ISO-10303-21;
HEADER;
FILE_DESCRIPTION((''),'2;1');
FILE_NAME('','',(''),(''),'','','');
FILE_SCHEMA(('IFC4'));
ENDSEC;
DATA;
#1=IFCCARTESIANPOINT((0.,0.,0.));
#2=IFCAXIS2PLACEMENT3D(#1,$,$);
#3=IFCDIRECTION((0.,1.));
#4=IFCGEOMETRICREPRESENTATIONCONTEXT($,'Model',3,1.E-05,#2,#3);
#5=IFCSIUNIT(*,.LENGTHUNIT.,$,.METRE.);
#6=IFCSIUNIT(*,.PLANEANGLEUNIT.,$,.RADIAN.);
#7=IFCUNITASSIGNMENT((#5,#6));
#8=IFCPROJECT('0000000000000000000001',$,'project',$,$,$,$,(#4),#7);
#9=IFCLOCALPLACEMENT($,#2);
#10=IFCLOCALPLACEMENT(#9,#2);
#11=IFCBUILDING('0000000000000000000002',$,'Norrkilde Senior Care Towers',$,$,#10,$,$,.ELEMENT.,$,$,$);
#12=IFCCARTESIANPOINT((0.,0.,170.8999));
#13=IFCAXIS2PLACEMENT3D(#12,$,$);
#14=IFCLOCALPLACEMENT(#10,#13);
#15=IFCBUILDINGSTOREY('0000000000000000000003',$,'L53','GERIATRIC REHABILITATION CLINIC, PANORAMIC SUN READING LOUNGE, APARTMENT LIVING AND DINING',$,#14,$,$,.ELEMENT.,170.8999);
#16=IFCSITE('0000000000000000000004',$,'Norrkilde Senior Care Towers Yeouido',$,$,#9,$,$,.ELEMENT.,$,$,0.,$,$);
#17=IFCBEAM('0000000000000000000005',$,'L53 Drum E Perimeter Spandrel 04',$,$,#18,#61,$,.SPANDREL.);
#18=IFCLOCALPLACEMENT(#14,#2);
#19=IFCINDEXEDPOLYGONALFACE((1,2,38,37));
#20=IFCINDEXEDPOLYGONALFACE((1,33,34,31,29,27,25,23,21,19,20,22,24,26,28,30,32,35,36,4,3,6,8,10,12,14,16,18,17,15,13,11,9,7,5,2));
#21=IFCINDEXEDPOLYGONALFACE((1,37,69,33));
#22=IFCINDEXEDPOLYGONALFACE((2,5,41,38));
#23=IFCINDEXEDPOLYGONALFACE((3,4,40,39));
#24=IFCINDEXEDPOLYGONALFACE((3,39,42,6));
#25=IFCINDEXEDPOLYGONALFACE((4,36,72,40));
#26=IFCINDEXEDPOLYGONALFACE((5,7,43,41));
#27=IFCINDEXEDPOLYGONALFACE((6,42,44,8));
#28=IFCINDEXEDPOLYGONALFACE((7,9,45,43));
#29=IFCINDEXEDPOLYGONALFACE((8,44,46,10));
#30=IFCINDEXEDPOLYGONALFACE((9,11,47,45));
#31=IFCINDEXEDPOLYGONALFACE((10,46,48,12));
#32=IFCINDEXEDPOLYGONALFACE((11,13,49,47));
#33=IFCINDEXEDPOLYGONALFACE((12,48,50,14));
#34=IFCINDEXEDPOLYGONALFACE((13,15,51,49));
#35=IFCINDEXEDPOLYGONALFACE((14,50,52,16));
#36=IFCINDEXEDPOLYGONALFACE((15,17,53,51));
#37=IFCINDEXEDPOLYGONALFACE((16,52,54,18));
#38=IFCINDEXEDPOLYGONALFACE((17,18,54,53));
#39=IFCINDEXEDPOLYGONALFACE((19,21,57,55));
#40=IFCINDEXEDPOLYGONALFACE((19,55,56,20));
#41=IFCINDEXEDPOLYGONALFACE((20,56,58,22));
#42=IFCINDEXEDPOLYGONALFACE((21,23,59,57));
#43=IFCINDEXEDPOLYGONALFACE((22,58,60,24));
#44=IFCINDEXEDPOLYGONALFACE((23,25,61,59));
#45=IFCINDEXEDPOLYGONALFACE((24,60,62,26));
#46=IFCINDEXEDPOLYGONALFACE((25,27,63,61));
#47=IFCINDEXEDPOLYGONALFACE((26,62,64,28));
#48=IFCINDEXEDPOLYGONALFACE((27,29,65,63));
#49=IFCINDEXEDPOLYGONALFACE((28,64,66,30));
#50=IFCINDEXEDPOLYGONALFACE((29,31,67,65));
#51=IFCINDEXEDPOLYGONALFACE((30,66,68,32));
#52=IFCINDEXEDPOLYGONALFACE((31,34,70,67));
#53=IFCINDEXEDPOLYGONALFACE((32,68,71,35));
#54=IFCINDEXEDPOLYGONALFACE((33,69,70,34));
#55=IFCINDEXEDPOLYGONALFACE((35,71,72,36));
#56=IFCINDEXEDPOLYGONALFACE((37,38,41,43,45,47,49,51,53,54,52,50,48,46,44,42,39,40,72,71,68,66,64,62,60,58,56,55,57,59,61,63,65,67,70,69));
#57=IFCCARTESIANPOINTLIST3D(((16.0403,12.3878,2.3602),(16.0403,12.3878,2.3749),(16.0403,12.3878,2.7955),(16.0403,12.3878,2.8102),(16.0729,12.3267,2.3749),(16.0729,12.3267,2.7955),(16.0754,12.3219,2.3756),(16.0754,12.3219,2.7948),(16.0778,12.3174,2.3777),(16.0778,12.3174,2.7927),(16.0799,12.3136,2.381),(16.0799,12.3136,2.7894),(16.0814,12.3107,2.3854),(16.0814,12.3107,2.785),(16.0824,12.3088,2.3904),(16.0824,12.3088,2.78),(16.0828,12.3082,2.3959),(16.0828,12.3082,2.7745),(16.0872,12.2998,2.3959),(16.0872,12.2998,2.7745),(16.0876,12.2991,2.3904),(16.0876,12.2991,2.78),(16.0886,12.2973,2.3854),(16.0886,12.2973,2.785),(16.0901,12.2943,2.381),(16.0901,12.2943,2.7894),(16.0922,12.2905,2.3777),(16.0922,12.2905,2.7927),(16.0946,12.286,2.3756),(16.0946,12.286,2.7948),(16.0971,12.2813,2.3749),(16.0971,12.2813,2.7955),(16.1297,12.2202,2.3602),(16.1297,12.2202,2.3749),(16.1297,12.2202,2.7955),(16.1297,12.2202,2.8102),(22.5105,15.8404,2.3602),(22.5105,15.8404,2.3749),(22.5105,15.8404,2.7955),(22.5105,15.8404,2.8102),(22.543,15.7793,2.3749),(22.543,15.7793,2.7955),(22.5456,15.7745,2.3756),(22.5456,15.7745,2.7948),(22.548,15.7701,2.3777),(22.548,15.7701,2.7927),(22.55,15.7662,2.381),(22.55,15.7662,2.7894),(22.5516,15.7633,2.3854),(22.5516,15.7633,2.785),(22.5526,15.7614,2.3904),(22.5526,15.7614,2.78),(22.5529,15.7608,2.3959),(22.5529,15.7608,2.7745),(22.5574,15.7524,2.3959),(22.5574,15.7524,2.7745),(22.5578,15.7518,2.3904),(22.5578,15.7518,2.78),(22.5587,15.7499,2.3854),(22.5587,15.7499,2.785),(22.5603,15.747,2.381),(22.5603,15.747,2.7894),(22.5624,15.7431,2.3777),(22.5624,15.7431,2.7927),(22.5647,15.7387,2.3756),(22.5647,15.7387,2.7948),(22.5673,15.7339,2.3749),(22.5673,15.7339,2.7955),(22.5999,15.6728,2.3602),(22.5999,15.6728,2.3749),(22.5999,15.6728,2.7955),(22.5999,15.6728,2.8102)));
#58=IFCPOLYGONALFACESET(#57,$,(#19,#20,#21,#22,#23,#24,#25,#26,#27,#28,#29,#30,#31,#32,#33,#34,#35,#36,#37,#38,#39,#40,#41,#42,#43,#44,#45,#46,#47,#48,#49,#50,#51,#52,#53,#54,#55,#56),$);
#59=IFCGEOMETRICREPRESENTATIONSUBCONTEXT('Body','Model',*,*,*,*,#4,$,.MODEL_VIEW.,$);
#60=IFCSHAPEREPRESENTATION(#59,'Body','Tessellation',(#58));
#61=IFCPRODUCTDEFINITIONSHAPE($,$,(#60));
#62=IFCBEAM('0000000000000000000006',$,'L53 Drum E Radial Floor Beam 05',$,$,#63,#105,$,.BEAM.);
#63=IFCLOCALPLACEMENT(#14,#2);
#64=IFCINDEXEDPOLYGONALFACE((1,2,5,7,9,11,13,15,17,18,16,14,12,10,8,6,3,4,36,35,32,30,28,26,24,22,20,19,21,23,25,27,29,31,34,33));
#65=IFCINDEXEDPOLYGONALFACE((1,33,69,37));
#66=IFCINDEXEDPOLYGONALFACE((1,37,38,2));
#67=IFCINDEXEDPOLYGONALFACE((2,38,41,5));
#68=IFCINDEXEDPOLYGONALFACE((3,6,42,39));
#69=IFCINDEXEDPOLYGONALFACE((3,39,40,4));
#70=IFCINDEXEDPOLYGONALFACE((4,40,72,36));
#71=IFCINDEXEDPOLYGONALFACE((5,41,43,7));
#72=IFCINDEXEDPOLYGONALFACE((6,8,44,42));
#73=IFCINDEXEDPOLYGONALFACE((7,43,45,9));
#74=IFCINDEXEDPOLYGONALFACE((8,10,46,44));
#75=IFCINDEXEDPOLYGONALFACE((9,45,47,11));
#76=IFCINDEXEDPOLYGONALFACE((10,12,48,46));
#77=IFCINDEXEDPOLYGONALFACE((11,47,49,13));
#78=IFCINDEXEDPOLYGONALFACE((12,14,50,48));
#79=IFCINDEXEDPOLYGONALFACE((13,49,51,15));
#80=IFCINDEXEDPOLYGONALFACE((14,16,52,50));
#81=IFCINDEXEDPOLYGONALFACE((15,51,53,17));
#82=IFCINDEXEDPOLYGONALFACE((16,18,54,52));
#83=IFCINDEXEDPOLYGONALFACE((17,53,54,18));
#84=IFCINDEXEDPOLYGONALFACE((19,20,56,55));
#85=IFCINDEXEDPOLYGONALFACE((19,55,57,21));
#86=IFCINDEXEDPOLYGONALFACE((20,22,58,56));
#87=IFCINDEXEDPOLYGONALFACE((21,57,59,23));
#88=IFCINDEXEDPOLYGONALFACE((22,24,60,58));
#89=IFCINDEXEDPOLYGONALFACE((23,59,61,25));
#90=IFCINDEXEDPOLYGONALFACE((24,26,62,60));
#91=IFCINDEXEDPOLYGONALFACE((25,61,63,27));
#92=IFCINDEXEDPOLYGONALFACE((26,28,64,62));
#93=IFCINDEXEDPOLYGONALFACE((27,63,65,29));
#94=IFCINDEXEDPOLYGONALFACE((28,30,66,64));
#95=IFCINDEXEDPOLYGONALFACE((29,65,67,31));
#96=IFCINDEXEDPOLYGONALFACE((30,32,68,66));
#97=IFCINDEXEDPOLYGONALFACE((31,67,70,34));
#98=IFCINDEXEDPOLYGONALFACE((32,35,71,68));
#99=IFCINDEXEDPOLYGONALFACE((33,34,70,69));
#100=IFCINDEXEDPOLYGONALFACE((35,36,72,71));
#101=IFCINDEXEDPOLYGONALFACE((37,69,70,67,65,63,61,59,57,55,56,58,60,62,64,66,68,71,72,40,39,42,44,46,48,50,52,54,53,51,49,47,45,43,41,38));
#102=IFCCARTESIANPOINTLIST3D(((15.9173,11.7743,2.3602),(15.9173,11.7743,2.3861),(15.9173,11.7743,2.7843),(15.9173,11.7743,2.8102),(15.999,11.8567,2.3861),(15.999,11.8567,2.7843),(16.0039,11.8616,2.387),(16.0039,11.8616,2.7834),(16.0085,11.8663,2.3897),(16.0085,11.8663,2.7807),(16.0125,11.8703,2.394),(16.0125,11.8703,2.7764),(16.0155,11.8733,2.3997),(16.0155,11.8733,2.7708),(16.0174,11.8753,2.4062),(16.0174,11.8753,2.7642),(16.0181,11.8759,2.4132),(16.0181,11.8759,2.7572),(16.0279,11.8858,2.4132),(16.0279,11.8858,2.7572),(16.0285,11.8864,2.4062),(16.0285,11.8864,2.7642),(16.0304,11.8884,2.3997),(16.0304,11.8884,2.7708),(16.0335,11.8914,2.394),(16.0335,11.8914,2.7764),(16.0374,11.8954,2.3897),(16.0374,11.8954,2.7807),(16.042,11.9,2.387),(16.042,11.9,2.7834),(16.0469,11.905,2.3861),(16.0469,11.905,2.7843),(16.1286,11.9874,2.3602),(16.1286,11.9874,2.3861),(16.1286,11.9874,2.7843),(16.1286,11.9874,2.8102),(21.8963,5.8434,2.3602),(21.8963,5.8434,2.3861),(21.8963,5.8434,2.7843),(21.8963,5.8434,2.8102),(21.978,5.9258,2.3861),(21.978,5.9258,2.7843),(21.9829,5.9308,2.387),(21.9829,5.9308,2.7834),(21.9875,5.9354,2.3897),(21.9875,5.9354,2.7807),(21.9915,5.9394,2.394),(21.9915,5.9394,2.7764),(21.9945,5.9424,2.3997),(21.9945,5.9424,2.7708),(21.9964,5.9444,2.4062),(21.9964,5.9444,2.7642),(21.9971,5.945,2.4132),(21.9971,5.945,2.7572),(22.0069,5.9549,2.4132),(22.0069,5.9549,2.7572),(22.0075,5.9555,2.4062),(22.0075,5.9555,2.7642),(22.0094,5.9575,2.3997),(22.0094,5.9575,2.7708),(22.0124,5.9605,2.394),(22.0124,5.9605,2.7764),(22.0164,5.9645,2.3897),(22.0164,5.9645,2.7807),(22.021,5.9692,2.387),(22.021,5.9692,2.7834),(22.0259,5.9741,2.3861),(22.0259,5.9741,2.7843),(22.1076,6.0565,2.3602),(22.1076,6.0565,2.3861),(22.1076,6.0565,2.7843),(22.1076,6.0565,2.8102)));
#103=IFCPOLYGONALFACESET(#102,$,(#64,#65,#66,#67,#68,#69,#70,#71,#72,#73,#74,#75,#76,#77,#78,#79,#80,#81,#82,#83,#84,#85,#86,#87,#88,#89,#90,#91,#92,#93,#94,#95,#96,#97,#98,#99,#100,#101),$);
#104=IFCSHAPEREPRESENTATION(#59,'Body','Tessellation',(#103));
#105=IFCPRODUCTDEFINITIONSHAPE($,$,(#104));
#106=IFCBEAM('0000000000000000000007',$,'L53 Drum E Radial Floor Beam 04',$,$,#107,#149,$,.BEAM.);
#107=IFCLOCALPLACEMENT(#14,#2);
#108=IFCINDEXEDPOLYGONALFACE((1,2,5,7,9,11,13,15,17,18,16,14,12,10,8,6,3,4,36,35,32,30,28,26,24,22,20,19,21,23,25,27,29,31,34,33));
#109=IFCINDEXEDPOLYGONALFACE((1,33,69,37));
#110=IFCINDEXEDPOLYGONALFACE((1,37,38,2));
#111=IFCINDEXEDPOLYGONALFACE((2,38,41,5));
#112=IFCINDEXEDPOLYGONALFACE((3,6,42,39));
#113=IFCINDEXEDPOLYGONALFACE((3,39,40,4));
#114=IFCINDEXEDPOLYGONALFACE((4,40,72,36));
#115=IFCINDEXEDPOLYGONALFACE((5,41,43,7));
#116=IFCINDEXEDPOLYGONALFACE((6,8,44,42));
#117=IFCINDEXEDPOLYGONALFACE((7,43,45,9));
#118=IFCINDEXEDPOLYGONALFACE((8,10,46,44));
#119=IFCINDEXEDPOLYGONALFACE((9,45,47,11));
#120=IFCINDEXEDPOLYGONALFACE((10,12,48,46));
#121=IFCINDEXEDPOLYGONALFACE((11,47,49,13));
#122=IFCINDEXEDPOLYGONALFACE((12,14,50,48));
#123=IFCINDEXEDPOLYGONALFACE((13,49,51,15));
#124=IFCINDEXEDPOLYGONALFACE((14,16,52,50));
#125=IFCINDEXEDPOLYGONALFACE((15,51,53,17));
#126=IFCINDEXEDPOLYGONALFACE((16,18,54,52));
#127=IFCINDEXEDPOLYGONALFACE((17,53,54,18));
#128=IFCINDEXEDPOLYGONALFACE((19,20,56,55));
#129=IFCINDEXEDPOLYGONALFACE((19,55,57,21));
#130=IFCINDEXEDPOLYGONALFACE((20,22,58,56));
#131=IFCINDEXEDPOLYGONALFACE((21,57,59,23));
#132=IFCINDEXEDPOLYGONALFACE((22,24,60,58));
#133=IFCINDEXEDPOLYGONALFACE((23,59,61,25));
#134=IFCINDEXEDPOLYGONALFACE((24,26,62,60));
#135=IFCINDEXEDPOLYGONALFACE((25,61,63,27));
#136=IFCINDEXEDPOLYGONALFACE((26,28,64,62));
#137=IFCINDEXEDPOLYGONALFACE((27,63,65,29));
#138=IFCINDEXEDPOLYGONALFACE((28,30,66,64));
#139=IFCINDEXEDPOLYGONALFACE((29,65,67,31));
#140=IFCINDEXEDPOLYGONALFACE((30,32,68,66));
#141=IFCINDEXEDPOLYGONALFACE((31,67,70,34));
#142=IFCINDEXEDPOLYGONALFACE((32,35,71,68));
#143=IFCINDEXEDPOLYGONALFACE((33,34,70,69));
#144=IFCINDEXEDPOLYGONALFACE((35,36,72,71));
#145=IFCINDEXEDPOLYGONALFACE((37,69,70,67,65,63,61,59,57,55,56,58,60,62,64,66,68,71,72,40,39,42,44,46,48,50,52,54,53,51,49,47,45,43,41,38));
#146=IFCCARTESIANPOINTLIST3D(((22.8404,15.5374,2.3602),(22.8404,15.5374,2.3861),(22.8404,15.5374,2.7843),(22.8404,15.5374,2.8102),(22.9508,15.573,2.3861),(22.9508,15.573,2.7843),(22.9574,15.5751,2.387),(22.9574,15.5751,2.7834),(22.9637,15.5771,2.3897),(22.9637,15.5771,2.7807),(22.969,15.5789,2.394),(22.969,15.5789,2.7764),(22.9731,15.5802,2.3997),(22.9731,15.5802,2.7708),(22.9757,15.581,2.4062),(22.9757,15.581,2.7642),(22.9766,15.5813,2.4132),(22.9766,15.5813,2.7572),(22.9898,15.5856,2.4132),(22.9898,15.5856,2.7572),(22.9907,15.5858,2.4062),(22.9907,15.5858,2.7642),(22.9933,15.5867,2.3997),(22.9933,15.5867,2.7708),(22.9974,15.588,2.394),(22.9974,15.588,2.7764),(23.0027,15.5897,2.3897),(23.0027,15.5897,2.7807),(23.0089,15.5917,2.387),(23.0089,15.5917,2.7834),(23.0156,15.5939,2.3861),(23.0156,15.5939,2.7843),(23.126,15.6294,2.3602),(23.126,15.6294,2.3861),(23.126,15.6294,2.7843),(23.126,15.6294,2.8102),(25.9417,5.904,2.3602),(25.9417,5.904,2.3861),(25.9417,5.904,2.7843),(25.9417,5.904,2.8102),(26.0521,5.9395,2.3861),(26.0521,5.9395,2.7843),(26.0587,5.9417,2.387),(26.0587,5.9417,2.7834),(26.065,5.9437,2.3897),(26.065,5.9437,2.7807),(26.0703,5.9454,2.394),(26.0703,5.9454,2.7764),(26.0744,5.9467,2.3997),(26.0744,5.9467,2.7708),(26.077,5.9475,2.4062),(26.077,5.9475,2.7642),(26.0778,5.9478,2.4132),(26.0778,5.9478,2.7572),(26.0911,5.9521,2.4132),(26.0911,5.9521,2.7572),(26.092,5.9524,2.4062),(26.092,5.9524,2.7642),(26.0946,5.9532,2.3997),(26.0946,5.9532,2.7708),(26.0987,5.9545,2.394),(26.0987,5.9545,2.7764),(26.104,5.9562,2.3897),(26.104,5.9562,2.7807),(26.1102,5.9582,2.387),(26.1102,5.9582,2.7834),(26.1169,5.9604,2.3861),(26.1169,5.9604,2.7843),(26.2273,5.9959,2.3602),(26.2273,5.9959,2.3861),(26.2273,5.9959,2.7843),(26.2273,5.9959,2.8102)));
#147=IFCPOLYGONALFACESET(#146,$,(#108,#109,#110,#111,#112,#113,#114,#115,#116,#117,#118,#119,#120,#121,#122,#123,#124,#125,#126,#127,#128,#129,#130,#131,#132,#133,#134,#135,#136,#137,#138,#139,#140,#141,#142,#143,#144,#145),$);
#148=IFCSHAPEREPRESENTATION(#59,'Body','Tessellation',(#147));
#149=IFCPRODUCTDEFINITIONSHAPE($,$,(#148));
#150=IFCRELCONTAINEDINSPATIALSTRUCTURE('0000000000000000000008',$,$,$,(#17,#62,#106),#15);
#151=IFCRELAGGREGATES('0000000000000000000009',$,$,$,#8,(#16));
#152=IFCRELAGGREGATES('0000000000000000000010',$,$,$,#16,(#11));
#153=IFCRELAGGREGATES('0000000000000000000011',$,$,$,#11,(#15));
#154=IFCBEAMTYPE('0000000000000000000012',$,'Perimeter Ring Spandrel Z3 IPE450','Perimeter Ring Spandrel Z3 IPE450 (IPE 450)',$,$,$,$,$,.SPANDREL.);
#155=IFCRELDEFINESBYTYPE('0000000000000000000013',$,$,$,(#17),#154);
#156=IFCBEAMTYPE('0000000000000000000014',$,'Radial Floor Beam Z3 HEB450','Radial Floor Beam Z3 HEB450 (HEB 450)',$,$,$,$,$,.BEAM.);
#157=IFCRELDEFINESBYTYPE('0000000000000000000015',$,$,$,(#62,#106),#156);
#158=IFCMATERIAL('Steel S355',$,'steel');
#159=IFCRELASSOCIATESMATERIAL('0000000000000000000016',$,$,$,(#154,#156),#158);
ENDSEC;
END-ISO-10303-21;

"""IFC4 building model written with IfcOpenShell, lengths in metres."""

from ifc_helpers import new_model, si_unit, direction, frame, origin, origin_2d, place, context, subcontext, project, spatial, i_section, extrude, source, transform, mapped, material, material_profile, profile_set, type_object, type_shapes, element, save


model = new_model("IFC4")

# Units and contexts
model_context = context("Model", 3, precision=1e-05, world=origin(), true_north=direction((0.0, 1.0)))
body_context = subcontext(model_context, "Body", "Model", "MODEL_VIEW")
ifc_project = project(units=[si_unit("LENGTHUNIT", "METRE"), si_unit("PLANEANGLEUNIT", "RADIAN")], contexts=[model_context])

# Site, building, storey
site_placement = place(None, origin())
site = spatial("IfcSite", under=ifc_project, at=site_placement, Name="Norrkilde Senior Care Towers Yeouido", CompositionType="ELEMENT", RefElevation=0.0)
building_placement = place(site_placement, origin())
building = spatial("IfcBuilding", under=site, at=building_placement, Name="Norrkilde Senior Care Towers", CompositionType="ELEMENT")
storey_placement = place(building_placement, frame((0.0, 0.0, 170.8999)))
storey = spatial("IfcBuildingStorey", under=building, at=storey_placement, Name="L53", Description="GERIATRIC REHABILITATION CLINIC, PANORAMIC SUN READING LOUNGE, APARTMENT LIVING AND DINING", CompositionType="ELEMENT", Elevation=170.8999)

# Beams
ifc_material_1 = material(Name="Steel S355", Category="steel")
ifc_material_profile_1 = material_profile(ifc_material_1, i_section(OverallWidth=0.1899, OverallDepth=0.45, WebThickness=0.0095, FlangeThickness=0.0146, FilletRadius=0.021, at=origin_2d()), Name="IPE 450")
ifc_profile_set_1 = profile_set([ifc_material_profile_1], Name="Steel S355")
beam_type_1 = type_object("IfcBeamType", Name="Perimeter Ring Spandrel Z3 IPE450", Description="Perimeter Ring Spandrel Z3 IPE450 (IPE 450)", PredefinedType="SPANDREL", material=ifc_profile_set_1)
shared_shape_1 = source(origin(), body_context, "Body", "SweptSolid", [
    extrude(i_section(OverallWidth=0.1899, OverallDepth=0.45, WebThickness=0.0095, FlangeThickness=0.0146, FilletRadius=0.021, at=origin_2d()), origin(), (0.0, 0.0, 1.0), 7.3337),
])
beam_1_placement = place(storey_placement, frame((22.5552, 15.7566, 2.5852), z_axis=(-0.882248, -0.470785, 0.0), x_axis=(0.470785, -0.882248, 0.0)))
element("IfcBeam", 1, at=beam_1_placement, inside=storey, type_object=beam_type_1, Name="L53 Drum E Perimeter Spandrel 04", PredefinedType="SPANDREL", context=body_context, shape_type="MappedRepresentation", body=[
    mapped(shared_shape_1, transform((0.0, 0.0, 0.0), x_axis=(1.0, 0.0, 0.0), y_axis=(0.0, 1.0, 0.0), z_axis=(0.0, 0.0, 1.0), scale=1.0)),
])
ifc_material_profile_2 = material_profile(ifc_material_1, i_section(OverallWidth=0.3, OverallDepth=0.45, WebThickness=0.0139, FlangeThickness=0.0259, FilletRadius=0.0271, at=origin_2d()), Name="HEB 450")
ifc_profile_set_2 = profile_set([ifc_material_profile_2], Name="Steel S355")
beam_type_2 = type_object("IfcBeamType", Name="Radial Floor Beam Z3 HEB450", Description="Radial Floor Beam Z3 HEB450 (HEB 450)", PredefinedType="BEAM", material=ifc_profile_set_2)
shared_shape_2 = source(origin(), body_context, "Body", "SweptSolid", [
    extrude(i_section(OverallWidth=0.3, OverallDepth=0.45, WebThickness=0.0139, FlangeThickness=0.0259, FilletRadius=0.0271, at=origin_2d()), origin(), (0.0, 0.0, 1.0), 8.4216),
])
beam_2_placement = place(storey_placement, frame((22.002, 5.95, 2.5852), z_axis=(-0.709956, 0.704246, 0.0), x_axis=(-0.704246, -0.709956, 0.0)))
element("IfcBeam", 2, at=beam_2_placement, inside=storey, type_object=beam_type_2, Name="L53 Drum E Radial Floor Beam 05", PredefinedType="BEAM", context=body_context, shape_type="MappedRepresentation", body=[
    mapped(shared_shape_2, transform((0.0, 0.0, 0.0), x_axis=(1.0, 0.0, 0.0), y_axis=(0.0, 1.0, 0.0), z_axis=(0.0, 0.0, 1.0), scale=1.0)),
])
shared_shape_3 = source(origin(), body_context, "Body", "SweptSolid", [
    extrude(i_section(OverallWidth=0.3, OverallDepth=0.45, WebThickness=0.0139, FlangeThickness=0.0259, FilletRadius=0.0271, at=origin_2d()), origin(), (0.0, 0.0, 1.0), 10.1204),
])
type_shapes(beam_type_2, [shared_shape_2, shared_shape_3])
beam_3_placement = place(storey_placement, frame((26.0845, 5.95, 2.5852), z_axis=(-0.306441, 0.95189, 0.0), x_axis=(-0.95189, -0.306441, 0.0)))
element("IfcBeam", 3, at=beam_3_placement, inside=storey, type_object=beam_type_2, Name="L53 Drum E Radial Floor Beam 04", PredefinedType="BEAM", context=body_context, shape_type="MappedRepresentation", body=[
    mapped(shared_shape_3, transform((0.0, 0.0, 0.0), x_axis=(1.0, 0.0, 0.0), y_axis=(0.0, 1.0, 0.0), z_axis=(0.0, 0.0, 1.0), scale=1.0)),
])

save(model, "model.ifc")
